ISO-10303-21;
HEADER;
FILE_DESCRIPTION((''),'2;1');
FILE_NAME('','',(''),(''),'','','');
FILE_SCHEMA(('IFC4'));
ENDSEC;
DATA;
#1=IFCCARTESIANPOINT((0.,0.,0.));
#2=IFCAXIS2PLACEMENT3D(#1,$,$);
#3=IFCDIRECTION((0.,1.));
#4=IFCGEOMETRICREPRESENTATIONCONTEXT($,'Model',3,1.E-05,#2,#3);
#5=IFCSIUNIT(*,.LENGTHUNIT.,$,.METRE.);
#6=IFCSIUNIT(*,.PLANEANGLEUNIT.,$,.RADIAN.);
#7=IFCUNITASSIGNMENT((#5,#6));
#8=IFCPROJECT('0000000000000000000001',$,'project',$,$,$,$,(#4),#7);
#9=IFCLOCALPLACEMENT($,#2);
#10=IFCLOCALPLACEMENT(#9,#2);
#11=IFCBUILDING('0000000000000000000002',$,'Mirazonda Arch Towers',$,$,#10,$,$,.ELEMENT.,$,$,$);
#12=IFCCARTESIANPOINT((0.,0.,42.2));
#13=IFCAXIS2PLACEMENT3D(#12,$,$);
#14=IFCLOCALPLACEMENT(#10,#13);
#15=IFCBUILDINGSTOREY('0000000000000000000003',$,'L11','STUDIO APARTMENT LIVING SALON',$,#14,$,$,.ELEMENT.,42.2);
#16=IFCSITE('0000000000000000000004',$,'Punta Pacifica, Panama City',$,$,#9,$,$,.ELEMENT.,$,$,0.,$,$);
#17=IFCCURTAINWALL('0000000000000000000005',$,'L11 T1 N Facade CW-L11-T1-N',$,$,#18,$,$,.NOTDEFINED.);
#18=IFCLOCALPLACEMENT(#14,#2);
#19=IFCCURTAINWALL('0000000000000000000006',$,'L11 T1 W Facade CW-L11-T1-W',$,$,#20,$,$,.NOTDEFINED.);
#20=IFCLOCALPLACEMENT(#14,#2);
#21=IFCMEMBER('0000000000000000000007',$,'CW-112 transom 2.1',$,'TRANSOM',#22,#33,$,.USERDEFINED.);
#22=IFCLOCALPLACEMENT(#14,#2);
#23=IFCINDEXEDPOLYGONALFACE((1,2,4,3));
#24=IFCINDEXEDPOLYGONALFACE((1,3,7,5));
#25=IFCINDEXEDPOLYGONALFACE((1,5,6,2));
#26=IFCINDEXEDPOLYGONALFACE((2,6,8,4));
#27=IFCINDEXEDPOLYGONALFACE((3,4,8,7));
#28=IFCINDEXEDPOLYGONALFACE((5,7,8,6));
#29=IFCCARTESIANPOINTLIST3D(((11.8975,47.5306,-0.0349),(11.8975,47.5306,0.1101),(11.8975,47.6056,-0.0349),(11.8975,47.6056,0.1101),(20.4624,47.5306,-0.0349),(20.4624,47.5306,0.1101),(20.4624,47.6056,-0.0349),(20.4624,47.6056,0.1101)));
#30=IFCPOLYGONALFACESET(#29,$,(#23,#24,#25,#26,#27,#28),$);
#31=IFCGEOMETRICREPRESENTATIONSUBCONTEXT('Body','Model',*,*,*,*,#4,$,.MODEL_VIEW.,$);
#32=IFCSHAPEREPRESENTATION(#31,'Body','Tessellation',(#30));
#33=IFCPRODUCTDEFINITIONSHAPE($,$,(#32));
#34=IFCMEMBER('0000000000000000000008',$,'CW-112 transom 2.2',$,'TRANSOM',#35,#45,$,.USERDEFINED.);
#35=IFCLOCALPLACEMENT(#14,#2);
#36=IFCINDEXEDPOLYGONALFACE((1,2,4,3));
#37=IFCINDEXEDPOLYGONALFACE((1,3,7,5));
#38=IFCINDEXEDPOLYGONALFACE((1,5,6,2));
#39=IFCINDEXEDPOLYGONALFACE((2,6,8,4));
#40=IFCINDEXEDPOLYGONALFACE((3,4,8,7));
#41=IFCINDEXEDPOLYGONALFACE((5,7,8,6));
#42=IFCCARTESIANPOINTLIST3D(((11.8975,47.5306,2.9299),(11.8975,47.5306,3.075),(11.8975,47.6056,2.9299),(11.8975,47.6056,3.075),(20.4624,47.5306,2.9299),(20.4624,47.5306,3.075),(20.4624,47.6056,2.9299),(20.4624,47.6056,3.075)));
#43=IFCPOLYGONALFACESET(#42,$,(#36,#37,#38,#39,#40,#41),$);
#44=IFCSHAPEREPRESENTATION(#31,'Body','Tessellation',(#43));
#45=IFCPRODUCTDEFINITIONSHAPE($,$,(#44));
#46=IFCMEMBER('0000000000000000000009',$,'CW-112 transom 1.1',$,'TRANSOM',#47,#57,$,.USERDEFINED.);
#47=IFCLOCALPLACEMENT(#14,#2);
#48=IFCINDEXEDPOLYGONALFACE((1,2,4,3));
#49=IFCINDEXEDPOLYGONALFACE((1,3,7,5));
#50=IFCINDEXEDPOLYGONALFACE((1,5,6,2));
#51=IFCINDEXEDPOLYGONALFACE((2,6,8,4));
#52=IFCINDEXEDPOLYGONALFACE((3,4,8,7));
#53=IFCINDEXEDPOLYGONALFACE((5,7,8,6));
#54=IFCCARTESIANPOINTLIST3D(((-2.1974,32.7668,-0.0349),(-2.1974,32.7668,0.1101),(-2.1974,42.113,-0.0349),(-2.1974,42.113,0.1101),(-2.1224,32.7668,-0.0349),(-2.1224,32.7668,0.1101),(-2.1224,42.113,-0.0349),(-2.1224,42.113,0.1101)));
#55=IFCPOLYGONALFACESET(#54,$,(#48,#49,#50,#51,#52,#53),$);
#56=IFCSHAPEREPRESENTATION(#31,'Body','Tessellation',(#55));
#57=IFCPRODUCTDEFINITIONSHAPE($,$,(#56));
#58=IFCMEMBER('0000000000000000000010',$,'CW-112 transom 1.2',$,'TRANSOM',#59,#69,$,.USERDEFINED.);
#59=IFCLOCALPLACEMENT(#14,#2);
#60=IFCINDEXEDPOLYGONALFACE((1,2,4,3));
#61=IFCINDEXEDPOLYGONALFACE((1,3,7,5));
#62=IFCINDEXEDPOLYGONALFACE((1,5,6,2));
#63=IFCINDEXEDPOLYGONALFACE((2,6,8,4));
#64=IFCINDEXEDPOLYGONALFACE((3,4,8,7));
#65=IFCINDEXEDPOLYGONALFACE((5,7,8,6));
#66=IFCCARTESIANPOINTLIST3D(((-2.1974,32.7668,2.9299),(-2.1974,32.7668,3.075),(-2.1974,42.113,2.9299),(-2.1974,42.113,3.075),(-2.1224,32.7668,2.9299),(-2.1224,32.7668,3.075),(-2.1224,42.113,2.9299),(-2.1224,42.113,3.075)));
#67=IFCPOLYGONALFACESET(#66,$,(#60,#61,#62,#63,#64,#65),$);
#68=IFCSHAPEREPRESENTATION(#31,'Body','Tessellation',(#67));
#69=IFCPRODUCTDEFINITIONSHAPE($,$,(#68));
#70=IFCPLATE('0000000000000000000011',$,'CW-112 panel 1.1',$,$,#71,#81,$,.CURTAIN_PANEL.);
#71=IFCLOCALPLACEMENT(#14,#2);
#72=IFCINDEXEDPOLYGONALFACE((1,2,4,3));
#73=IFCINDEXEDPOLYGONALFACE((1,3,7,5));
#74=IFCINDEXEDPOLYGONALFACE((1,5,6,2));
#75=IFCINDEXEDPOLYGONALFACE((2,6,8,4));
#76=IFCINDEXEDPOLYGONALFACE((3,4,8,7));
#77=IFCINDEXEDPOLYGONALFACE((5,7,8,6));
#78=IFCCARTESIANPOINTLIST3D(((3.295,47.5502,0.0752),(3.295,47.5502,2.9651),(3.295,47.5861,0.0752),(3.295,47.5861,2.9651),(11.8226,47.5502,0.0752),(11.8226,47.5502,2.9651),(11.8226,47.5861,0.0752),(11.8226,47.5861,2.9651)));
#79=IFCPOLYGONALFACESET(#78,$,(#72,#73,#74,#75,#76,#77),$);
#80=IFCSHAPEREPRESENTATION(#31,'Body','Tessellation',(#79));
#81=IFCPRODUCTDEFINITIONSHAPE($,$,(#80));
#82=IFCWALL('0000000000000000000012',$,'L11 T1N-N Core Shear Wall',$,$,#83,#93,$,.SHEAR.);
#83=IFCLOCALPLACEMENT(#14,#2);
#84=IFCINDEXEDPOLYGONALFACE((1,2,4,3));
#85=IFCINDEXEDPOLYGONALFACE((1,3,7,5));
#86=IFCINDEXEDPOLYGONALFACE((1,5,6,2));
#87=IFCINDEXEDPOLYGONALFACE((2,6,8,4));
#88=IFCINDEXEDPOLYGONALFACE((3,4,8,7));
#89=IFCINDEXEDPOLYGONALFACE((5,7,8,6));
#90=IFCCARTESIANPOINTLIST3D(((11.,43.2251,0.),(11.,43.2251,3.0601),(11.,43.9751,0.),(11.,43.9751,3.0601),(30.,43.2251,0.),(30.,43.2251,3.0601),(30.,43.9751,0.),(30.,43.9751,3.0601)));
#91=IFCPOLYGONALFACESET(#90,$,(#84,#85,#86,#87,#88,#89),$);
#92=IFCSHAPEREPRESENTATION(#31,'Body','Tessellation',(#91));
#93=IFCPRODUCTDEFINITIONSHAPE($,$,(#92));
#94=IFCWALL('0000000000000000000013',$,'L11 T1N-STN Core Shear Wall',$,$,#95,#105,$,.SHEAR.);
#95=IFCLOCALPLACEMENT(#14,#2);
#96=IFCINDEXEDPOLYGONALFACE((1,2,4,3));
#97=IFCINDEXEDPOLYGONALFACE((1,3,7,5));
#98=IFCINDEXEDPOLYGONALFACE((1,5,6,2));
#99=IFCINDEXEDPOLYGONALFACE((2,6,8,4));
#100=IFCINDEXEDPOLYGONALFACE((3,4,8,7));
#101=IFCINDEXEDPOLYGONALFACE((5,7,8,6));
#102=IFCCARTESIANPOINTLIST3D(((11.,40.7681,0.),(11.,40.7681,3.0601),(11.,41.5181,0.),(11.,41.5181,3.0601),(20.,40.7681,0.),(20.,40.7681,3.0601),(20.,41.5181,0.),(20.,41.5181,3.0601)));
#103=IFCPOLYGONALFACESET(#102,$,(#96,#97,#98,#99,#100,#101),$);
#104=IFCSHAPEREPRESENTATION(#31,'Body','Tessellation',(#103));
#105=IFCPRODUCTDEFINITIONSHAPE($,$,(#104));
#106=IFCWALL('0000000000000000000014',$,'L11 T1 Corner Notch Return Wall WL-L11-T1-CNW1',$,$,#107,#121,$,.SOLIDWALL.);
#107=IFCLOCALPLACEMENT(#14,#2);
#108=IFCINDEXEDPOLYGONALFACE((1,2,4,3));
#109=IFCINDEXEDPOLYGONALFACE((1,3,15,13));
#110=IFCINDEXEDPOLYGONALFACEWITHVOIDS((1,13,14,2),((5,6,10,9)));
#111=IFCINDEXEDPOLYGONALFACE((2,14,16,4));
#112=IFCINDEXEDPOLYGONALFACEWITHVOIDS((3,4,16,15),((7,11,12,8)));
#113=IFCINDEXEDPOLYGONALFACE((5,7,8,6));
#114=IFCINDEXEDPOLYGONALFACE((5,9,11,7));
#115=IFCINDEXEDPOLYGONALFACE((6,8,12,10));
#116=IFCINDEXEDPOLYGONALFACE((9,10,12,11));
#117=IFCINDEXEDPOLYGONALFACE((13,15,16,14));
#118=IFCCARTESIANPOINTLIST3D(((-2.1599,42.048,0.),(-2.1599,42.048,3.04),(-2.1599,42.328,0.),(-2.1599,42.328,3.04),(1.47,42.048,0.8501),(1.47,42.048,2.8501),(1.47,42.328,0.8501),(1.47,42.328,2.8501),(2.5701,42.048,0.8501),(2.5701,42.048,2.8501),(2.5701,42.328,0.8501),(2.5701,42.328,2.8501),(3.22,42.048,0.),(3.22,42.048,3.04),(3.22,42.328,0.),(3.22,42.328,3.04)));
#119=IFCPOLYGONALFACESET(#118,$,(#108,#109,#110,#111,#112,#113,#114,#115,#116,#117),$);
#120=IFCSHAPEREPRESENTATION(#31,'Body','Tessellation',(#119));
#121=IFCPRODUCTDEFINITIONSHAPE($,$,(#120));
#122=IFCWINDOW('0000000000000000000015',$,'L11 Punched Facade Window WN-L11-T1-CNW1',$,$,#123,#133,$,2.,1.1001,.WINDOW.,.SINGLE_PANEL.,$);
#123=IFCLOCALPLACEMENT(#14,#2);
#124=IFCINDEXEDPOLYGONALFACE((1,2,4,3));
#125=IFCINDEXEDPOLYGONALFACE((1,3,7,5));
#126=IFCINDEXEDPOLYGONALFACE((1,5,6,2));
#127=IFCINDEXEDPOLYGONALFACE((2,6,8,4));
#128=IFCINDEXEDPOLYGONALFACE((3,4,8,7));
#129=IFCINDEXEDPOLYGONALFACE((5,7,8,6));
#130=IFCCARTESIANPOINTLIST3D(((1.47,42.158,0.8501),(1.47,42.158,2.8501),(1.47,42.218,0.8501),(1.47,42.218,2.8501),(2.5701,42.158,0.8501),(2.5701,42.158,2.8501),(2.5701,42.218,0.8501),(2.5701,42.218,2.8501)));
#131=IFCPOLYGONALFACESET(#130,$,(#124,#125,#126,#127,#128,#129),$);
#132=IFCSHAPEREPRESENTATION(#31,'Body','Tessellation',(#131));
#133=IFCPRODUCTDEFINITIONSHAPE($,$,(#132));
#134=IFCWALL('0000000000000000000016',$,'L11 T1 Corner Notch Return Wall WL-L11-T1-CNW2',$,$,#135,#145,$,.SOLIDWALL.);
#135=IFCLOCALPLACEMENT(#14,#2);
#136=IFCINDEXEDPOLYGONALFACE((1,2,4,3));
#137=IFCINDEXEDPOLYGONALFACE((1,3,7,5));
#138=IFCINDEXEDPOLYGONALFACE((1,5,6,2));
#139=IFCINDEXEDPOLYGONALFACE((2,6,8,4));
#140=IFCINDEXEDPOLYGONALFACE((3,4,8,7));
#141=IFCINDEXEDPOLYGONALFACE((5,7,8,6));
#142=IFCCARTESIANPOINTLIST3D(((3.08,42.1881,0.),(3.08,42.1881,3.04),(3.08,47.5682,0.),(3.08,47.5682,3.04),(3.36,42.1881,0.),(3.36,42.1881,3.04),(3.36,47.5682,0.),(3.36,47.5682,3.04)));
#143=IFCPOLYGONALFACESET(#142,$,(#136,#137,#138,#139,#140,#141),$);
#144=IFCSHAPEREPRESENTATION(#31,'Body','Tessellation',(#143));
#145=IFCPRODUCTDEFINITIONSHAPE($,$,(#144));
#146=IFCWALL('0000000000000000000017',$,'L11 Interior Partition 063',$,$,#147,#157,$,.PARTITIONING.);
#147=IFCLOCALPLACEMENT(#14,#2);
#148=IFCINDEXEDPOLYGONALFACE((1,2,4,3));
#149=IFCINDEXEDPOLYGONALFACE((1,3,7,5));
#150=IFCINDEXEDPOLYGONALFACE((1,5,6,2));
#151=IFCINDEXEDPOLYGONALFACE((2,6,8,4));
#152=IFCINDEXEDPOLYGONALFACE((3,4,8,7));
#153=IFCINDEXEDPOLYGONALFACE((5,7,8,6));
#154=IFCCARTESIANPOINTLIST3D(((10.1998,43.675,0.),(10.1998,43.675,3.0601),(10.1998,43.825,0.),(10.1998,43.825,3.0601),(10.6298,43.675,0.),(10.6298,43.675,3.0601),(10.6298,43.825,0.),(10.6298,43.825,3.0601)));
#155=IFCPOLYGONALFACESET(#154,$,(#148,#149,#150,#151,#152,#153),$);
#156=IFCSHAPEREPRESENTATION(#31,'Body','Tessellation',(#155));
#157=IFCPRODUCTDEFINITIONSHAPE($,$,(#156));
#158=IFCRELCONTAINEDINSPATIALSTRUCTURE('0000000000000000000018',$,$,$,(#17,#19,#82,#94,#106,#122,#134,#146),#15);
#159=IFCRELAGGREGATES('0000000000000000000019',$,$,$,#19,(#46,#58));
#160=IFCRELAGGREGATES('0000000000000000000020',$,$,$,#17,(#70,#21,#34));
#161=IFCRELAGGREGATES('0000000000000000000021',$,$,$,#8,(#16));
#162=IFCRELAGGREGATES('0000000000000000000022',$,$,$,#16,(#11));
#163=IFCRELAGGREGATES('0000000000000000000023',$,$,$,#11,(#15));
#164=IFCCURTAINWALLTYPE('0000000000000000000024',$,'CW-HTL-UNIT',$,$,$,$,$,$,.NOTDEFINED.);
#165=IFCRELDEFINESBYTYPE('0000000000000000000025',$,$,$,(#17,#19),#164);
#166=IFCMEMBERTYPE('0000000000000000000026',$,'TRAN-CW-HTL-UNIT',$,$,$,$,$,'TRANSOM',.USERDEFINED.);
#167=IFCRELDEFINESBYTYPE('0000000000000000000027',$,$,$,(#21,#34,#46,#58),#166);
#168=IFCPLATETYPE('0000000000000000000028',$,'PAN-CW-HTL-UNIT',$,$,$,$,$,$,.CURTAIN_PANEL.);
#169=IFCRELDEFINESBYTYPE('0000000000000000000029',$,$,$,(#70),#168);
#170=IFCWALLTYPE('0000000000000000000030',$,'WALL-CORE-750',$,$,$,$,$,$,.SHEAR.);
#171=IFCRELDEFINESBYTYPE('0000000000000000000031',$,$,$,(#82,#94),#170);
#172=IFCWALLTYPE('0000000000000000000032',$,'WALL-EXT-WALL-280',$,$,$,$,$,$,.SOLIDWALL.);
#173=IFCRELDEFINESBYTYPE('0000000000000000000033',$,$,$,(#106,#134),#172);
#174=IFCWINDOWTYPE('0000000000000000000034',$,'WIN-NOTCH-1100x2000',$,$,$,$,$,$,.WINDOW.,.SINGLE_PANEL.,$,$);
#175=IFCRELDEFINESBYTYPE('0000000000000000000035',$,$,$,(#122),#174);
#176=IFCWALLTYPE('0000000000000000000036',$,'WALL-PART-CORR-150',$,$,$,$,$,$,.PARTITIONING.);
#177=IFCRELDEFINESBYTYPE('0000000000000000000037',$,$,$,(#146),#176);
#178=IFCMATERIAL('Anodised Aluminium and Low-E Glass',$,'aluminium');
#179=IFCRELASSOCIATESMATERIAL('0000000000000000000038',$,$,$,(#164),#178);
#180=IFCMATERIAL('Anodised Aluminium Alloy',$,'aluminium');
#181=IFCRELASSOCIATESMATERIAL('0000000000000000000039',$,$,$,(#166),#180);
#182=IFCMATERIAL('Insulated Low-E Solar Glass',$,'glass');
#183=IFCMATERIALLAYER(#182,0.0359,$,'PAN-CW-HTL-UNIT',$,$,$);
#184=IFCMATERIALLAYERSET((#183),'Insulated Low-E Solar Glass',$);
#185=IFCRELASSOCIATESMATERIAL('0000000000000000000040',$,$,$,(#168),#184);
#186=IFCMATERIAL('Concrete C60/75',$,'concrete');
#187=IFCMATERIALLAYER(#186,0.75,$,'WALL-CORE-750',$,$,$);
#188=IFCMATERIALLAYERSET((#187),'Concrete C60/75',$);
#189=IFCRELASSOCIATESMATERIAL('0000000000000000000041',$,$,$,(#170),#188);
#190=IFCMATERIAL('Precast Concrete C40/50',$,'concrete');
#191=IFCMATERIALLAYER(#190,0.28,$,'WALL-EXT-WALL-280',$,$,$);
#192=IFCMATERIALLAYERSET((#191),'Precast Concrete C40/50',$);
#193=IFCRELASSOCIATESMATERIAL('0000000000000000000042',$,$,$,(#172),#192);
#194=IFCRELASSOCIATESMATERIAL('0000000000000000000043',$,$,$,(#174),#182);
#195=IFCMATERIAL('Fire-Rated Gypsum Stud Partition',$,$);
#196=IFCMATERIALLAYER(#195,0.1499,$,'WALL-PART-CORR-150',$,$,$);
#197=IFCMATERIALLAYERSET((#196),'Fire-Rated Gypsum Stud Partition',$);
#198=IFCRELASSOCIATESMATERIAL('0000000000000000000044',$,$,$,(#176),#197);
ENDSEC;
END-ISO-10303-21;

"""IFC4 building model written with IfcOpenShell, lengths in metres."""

from ifc_helpers import new_model, si_unit, direction, frame, frame_2d, origin, origin_2d, place, context, subcontext, project, spatial, rectangle, extrude, material, layer, layer_set, material_profile, profile_set, type_object, element, fill, aggregate, save


model = new_model("IFC4")

# Units and contexts
model_context = context("Model", 3, precision=1e-05, world=origin(), true_north=direction((0.0, 1.0)))
body_context = subcontext(model_context, "Body", "Model", "MODEL_VIEW")
ifc_project = project(units=[si_unit("LENGTHUNIT", "METRE"), si_unit("PLANEANGLEUNIT", "RADIAN")], contexts=[model_context])

# Site, building, storey
site_placement = place(None, origin())
site = spatial("IfcSite", under=ifc_project, at=site_placement, Name="Punta Pacifica, Panama City", CompositionType="ELEMENT", RefElevation=0.0)
building_placement = place(site_placement, origin())
building = spatial("IfcBuilding", under=site, at=building_placement, Name="Mirazonda Arch Towers", CompositionType="ELEMENT")
storey_placement = place(building_placement, frame((0.0, 0.0, 42.2)))
storey = spatial("IfcBuildingStorey", under=building, at=storey_placement, Name="L11", Description="STUDIO APARTMENT LIVING SALON", CompositionType="ELEMENT", Elevation=42.2)

# Shared definitions
ifc_material_1 = material(Name="Concrete C60/75", Category="concrete")

# Curtain wall
ifc_material_2 = material(Name="Anodised Aluminium and Low-E Glass", Category="aluminium")
curtain_wall_type = type_object("IfcCurtainWallType", Name="CW-HTL-UNIT", PredefinedType="NOTDEFINED", material=ifc_material_2)
curtain_wall_1_placement = place(storey_placement, origin())
curtain_wall_1 = element("IfcCurtainWall", 1, at=curtain_wall_1_placement, inside=storey, type_object=curtain_wall_type, Name="L11 T1 N Facade CW-L11-T1-N", PredefinedType="NOTDEFINED")
ifc_material_3 = material(Name="Anodised Aluminium Alloy", Category="aluminium")

# Curtain wall
curtain_wall_2_placement = place(storey_placement, origin())
curtain_wall_2 = element("IfcCurtainWall", 2, at=curtain_wall_2_placement, inside=storey, type_object=curtain_wall_type, Name="L11 T1 W Facade CW-L11-T1-W", PredefinedType="NOTDEFINED")

# Members
ifc_material_profile_1 = material_profile(ifc_material_3, rectangle(XDim=0.075, YDim=0.145, at=origin_2d()), Name="ALU-TRAN-75x145")
ifc_profile_set_1 = profile_set([ifc_material_profile_1], Name="Anodised Aluminium Alloy")
member_type_1 = type_object("IfcMemberType", Name="TRAN-CW-HTL-UNIT", ElementType="TRANSOM", PredefinedType="USERDEFINED", material=ifc_profile_set_1)
member_1_placement = place(storey_placement, frame((11.8975, 47.5681, 0.0376), z_axis=(1.0, 0.0, 0.0), x_axis=(0.0, 1.0, 0.0)))
member_1 = element("IfcMember", 3, at=member_1_placement, type_object=member_type_1, Name="CW-112 transom 2.1", ObjectType="TRANSOM", PredefinedType="USERDEFINED", context=body_context, shape_type="SweptSolid", body=[
    extrude(rectangle(XDim=0.075, YDim=0.145, at=origin_2d()), origin(), (0.0, 0.0, 1.0), 8.5649),
])
member_2_placement = place(storey_placement, frame((11.8975, 47.5681, 3.0024), z_axis=(1.0, 0.0, 0.0), x_axis=(0.0, 1.0, 0.0)))
member_2 = element("IfcMember", 4, at=member_2_placement, type_object=member_type_1, Name="CW-112 transom 2.2", ObjectType="TRANSOM", PredefinedType="USERDEFINED", context=body_context, shape_type="SweptSolid", body=[
    extrude(rectangle(XDim=0.075, YDim=0.145, at=origin_2d()), origin(), (0.0, 0.0, 1.0), 8.5649),
])
member_3_placement = place(storey_placement, frame((-2.1599, 42.113, 0.0376), z_axis=(0.0, -1.0, 0.0), x_axis=(1.0, 0.0, 0.0)))
member_3 = element("IfcMember", 5, at=member_3_placement, type_object=member_type_1, Name="CW-112 transom 1.1", ObjectType="TRANSOM", PredefinedType="USERDEFINED", context=body_context, shape_type="SweptSolid", body=[
    extrude(rectangle(XDim=0.075, YDim=0.145, at=origin_2d()), origin(), (0.0, 0.0, 1.0), 9.3462),
])
member_4_placement = place(storey_placement, frame((-2.1599, 42.113, 3.0024), z_axis=(0.0, -1.0, 0.0), x_axis=(1.0, 0.0, 0.0)))
member_4 = element("IfcMember", 6, at=member_4_placement, type_object=member_type_1, Name="CW-112 transom 1.2", ObjectType="TRANSOM", PredefinedType="USERDEFINED", context=body_context, shape_type="SweptSolid", body=[
    extrude(rectangle(XDim=0.075, YDim=0.145, at=origin_2d()), origin(), (0.0, 0.0, 1.0), 9.3462),
])
aggregate(curtain_wall_2, [member_3, member_4])

# Plate
ifc_material_4 = material(Name="Insulated Low-E Solar Glass", Category="glass")
ifc_layer_1 = layer(ifc_material_4, 0.0359, Name="PAN-CW-HTL-UNIT")
ifc_layer_set_1 = layer_set([ifc_layer_1], Name="Insulated Low-E Solar Glass")
plate_type = type_object("IfcPlateType", Name="PAN-CW-HTL-UNIT", PredefinedType="CURTAIN_PANEL", material=ifc_layer_set_1)
plate_placement = place(storey_placement, frame((7.5588, 47.5681, 0.0752), z_axis=(0.0, 0.0, 1.0), x_axis=(1.0, 0.0, 0.0)))
plate = element("IfcPlate", 7, at=plate_placement, type_object=plate_type, Name="CW-112 panel 1.1", PredefinedType="CURTAIN_PANEL", context=body_context, shape_type="SweptSolid", body=[
    extrude(rectangle(XDim=8.5276, YDim=0.0359, at=origin_2d()), origin(), (0.0, 0.0, 1.0), 2.8899),
])
aggregate(curtain_wall_1, [plate, member_1, member_2])

# Walls
ifc_layer_2 = layer(ifc_material_1, 0.75, Name="WALL-CORE-750")
ifc_layer_set_2 = layer_set([ifc_layer_2], Name="Concrete C60/75")
wall_type_1 = type_object("IfcWallType", Name="WALL-CORE-750", PredefinedType="SHEAR", material=ifc_layer_set_2)
wall_1_placement = place(storey_placement, frame((11.0, 43.6001, 0.0), z_axis=(0.0, 0.0, 1.0), x_axis=(1.0, 0.0, 0.0)))
element("IfcWall", 8, at=wall_1_placement, inside=storey, type_object=wall_type_1, Name="L11 T1N-N Core Shear Wall", PredefinedType="SHEAR", context=body_context, shape_type="SweptSolid", body=[
    extrude(rectangle(XDim=19.0, YDim=0.75, at=frame_2d((9.5, 0.0))), origin(), (0.0, 0.0, 1.0), 3.0601),
])
wall_2_placement = place(storey_placement, frame((11.0, 41.1431, 0.0), z_axis=(0.0, 0.0, 1.0), x_axis=(1.0, 0.0, 0.0)))
element("IfcWall", 9, at=wall_2_placement, inside=storey, type_object=wall_type_1, Name="L11 T1N-STN Core Shear Wall", PredefinedType="SHEAR", context=body_context, shape_type="SweptSolid", body=[
    extrude(rectangle(XDim=9.0, YDim=0.75, at=frame_2d((4.5, 0.0))), origin(), (0.0, 0.0, 1.0), 3.0601),
])

# Wall, opening, window
ifc_material_5 = material(Name="Precast Concrete C40/50", Category="concrete")
ifc_layer_3 = layer(ifc_material_5, 0.28, Name="WALL-EXT-WALL-280")
ifc_layer_set_3 = layer_set([ifc_layer_3], Name="Precast Concrete C40/50")
wall_type_2 = type_object("IfcWallType", Name="WALL-EXT-WALL-280", PredefinedType="SOLIDWALL", material=ifc_layer_set_3)
wall_3_placement = place(storey_placement, frame((3.22, 42.188, 0.0), z_axis=(0.0, 0.0, 1.0), x_axis=(-1.0, 0.0, 0.0)))
wall_3 = element("IfcWall", 10, at=wall_3_placement, inside=storey, type_object=wall_type_2, Name="L11 T1 Corner Notch Return Wall WL-L11-T1-CNW1", PredefinedType="SOLIDWALL", context=body_context, shape_type="SweptSolid", body=[
    extrude(rectangle(XDim=5.3799, YDim=0.28, at=frame_2d((2.6899, 0.0))), origin(), (0.0, 0.0, 1.0), 3.04),
])
opening_1_placement = place(wall_3_placement, frame((0.6499, 0.0, 0.8501)))
opening_1 = element("IfcOpeningElement", 11, at=opening_1_placement, cuts=wall_3, PredefinedType="OPENING", context=body_context, shape_type="SweptSolid", body=[
    extrude(rectangle(XDim=1.1001, YDim=2.0, at=frame_2d((0.55, 1.0))), frame((0.0, 0.1499, 0.0), z_axis=(0.0, -1.0, 0.0), x_axis=(1.0, 0.0, 0.0)), (0.0, 0.0, 1.0), 0.3),
])
window_type = type_object("IfcWindowType", Name="WIN-NOTCH-1100x2000", PartitioningType="SINGLE_PANEL", PredefinedType="WINDOW", material=ifc_material_4)
window_placement = place(opening_1_placement, origin())
window = element("IfcWindow", 12, at=window_placement, inside=storey, type_object=window_type, Name="L11 Punched Facade Window WN-L11-T1-CNW1", OverallHeight=2.0, OverallWidth=1.1001, PartitioningType="SINGLE_PANEL", PredefinedType="WINDOW", context=body_context, shape_type="SweptSolid", body=[
    extrude(rectangle(XDim=1.1001, YDim=2.0, at=frame_2d((0.55, 1.0))), frame((0.0, 0.03, 0.0), z_axis=(0.0, -1.0, 0.0), x_axis=(1.0, 0.0, 0.0)), (0.0, 0.0, 1.0), 0.0601),
])
fill(opening_1, window)

# Walls
wall_4_placement = place(storey_placement, frame((3.22, 47.5681, 0.0), z_axis=(0.0, 0.0, 1.0), x_axis=(0.0, -1.0, 0.0)))
element("IfcWall", 13, at=wall_4_placement, inside=storey, type_object=wall_type_2, Name="L11 T1 Corner Notch Return Wall WL-L11-T1-CNW2", PredefinedType="SOLIDWALL", context=body_context, shape_type="SweptSolid", body=[
    extrude(rectangle(XDim=5.3801, YDim=0.28, at=frame_2d((2.6899, 0.0))), origin(), (0.0, 0.0, 1.0), 3.04),
])
ifc_material_6 = material(Name="Fire-Rated Gypsum Stud Partition")
ifc_layer_4 = layer(ifc_material_6, 0.1499, Name="WALL-PART-CORR-150")
ifc_layer_set_4 = layer_set([ifc_layer_4], Name="Fire-Rated Gypsum Stud Partition")
wall_type_3 = type_object("IfcWallType", Name="WALL-PART-CORR-150", PredefinedType="PARTITIONING", material=ifc_layer_set_4)
wall_5_placement = place(storey_placement, frame((10.2, 43.75, 0.0), z_axis=(0.0, 0.0, 1.0), x_axis=(1.0, 0.0, 0.0)))
element("IfcWall", 14, at=wall_5_placement, inside=storey, type_object=wall_type_3, Name="L11 Interior Partition 063", PredefinedType="PARTITIONING", context=body_context, shape_type="SweptSolid", body=[
    extrude(rectangle(XDim=0.4299, YDim=0.1499, at=frame_2d((0.2148, 0.0))), origin(), (0.0, 0.0, 1.0), 3.0601),
])

save(model, "model.ifc")
